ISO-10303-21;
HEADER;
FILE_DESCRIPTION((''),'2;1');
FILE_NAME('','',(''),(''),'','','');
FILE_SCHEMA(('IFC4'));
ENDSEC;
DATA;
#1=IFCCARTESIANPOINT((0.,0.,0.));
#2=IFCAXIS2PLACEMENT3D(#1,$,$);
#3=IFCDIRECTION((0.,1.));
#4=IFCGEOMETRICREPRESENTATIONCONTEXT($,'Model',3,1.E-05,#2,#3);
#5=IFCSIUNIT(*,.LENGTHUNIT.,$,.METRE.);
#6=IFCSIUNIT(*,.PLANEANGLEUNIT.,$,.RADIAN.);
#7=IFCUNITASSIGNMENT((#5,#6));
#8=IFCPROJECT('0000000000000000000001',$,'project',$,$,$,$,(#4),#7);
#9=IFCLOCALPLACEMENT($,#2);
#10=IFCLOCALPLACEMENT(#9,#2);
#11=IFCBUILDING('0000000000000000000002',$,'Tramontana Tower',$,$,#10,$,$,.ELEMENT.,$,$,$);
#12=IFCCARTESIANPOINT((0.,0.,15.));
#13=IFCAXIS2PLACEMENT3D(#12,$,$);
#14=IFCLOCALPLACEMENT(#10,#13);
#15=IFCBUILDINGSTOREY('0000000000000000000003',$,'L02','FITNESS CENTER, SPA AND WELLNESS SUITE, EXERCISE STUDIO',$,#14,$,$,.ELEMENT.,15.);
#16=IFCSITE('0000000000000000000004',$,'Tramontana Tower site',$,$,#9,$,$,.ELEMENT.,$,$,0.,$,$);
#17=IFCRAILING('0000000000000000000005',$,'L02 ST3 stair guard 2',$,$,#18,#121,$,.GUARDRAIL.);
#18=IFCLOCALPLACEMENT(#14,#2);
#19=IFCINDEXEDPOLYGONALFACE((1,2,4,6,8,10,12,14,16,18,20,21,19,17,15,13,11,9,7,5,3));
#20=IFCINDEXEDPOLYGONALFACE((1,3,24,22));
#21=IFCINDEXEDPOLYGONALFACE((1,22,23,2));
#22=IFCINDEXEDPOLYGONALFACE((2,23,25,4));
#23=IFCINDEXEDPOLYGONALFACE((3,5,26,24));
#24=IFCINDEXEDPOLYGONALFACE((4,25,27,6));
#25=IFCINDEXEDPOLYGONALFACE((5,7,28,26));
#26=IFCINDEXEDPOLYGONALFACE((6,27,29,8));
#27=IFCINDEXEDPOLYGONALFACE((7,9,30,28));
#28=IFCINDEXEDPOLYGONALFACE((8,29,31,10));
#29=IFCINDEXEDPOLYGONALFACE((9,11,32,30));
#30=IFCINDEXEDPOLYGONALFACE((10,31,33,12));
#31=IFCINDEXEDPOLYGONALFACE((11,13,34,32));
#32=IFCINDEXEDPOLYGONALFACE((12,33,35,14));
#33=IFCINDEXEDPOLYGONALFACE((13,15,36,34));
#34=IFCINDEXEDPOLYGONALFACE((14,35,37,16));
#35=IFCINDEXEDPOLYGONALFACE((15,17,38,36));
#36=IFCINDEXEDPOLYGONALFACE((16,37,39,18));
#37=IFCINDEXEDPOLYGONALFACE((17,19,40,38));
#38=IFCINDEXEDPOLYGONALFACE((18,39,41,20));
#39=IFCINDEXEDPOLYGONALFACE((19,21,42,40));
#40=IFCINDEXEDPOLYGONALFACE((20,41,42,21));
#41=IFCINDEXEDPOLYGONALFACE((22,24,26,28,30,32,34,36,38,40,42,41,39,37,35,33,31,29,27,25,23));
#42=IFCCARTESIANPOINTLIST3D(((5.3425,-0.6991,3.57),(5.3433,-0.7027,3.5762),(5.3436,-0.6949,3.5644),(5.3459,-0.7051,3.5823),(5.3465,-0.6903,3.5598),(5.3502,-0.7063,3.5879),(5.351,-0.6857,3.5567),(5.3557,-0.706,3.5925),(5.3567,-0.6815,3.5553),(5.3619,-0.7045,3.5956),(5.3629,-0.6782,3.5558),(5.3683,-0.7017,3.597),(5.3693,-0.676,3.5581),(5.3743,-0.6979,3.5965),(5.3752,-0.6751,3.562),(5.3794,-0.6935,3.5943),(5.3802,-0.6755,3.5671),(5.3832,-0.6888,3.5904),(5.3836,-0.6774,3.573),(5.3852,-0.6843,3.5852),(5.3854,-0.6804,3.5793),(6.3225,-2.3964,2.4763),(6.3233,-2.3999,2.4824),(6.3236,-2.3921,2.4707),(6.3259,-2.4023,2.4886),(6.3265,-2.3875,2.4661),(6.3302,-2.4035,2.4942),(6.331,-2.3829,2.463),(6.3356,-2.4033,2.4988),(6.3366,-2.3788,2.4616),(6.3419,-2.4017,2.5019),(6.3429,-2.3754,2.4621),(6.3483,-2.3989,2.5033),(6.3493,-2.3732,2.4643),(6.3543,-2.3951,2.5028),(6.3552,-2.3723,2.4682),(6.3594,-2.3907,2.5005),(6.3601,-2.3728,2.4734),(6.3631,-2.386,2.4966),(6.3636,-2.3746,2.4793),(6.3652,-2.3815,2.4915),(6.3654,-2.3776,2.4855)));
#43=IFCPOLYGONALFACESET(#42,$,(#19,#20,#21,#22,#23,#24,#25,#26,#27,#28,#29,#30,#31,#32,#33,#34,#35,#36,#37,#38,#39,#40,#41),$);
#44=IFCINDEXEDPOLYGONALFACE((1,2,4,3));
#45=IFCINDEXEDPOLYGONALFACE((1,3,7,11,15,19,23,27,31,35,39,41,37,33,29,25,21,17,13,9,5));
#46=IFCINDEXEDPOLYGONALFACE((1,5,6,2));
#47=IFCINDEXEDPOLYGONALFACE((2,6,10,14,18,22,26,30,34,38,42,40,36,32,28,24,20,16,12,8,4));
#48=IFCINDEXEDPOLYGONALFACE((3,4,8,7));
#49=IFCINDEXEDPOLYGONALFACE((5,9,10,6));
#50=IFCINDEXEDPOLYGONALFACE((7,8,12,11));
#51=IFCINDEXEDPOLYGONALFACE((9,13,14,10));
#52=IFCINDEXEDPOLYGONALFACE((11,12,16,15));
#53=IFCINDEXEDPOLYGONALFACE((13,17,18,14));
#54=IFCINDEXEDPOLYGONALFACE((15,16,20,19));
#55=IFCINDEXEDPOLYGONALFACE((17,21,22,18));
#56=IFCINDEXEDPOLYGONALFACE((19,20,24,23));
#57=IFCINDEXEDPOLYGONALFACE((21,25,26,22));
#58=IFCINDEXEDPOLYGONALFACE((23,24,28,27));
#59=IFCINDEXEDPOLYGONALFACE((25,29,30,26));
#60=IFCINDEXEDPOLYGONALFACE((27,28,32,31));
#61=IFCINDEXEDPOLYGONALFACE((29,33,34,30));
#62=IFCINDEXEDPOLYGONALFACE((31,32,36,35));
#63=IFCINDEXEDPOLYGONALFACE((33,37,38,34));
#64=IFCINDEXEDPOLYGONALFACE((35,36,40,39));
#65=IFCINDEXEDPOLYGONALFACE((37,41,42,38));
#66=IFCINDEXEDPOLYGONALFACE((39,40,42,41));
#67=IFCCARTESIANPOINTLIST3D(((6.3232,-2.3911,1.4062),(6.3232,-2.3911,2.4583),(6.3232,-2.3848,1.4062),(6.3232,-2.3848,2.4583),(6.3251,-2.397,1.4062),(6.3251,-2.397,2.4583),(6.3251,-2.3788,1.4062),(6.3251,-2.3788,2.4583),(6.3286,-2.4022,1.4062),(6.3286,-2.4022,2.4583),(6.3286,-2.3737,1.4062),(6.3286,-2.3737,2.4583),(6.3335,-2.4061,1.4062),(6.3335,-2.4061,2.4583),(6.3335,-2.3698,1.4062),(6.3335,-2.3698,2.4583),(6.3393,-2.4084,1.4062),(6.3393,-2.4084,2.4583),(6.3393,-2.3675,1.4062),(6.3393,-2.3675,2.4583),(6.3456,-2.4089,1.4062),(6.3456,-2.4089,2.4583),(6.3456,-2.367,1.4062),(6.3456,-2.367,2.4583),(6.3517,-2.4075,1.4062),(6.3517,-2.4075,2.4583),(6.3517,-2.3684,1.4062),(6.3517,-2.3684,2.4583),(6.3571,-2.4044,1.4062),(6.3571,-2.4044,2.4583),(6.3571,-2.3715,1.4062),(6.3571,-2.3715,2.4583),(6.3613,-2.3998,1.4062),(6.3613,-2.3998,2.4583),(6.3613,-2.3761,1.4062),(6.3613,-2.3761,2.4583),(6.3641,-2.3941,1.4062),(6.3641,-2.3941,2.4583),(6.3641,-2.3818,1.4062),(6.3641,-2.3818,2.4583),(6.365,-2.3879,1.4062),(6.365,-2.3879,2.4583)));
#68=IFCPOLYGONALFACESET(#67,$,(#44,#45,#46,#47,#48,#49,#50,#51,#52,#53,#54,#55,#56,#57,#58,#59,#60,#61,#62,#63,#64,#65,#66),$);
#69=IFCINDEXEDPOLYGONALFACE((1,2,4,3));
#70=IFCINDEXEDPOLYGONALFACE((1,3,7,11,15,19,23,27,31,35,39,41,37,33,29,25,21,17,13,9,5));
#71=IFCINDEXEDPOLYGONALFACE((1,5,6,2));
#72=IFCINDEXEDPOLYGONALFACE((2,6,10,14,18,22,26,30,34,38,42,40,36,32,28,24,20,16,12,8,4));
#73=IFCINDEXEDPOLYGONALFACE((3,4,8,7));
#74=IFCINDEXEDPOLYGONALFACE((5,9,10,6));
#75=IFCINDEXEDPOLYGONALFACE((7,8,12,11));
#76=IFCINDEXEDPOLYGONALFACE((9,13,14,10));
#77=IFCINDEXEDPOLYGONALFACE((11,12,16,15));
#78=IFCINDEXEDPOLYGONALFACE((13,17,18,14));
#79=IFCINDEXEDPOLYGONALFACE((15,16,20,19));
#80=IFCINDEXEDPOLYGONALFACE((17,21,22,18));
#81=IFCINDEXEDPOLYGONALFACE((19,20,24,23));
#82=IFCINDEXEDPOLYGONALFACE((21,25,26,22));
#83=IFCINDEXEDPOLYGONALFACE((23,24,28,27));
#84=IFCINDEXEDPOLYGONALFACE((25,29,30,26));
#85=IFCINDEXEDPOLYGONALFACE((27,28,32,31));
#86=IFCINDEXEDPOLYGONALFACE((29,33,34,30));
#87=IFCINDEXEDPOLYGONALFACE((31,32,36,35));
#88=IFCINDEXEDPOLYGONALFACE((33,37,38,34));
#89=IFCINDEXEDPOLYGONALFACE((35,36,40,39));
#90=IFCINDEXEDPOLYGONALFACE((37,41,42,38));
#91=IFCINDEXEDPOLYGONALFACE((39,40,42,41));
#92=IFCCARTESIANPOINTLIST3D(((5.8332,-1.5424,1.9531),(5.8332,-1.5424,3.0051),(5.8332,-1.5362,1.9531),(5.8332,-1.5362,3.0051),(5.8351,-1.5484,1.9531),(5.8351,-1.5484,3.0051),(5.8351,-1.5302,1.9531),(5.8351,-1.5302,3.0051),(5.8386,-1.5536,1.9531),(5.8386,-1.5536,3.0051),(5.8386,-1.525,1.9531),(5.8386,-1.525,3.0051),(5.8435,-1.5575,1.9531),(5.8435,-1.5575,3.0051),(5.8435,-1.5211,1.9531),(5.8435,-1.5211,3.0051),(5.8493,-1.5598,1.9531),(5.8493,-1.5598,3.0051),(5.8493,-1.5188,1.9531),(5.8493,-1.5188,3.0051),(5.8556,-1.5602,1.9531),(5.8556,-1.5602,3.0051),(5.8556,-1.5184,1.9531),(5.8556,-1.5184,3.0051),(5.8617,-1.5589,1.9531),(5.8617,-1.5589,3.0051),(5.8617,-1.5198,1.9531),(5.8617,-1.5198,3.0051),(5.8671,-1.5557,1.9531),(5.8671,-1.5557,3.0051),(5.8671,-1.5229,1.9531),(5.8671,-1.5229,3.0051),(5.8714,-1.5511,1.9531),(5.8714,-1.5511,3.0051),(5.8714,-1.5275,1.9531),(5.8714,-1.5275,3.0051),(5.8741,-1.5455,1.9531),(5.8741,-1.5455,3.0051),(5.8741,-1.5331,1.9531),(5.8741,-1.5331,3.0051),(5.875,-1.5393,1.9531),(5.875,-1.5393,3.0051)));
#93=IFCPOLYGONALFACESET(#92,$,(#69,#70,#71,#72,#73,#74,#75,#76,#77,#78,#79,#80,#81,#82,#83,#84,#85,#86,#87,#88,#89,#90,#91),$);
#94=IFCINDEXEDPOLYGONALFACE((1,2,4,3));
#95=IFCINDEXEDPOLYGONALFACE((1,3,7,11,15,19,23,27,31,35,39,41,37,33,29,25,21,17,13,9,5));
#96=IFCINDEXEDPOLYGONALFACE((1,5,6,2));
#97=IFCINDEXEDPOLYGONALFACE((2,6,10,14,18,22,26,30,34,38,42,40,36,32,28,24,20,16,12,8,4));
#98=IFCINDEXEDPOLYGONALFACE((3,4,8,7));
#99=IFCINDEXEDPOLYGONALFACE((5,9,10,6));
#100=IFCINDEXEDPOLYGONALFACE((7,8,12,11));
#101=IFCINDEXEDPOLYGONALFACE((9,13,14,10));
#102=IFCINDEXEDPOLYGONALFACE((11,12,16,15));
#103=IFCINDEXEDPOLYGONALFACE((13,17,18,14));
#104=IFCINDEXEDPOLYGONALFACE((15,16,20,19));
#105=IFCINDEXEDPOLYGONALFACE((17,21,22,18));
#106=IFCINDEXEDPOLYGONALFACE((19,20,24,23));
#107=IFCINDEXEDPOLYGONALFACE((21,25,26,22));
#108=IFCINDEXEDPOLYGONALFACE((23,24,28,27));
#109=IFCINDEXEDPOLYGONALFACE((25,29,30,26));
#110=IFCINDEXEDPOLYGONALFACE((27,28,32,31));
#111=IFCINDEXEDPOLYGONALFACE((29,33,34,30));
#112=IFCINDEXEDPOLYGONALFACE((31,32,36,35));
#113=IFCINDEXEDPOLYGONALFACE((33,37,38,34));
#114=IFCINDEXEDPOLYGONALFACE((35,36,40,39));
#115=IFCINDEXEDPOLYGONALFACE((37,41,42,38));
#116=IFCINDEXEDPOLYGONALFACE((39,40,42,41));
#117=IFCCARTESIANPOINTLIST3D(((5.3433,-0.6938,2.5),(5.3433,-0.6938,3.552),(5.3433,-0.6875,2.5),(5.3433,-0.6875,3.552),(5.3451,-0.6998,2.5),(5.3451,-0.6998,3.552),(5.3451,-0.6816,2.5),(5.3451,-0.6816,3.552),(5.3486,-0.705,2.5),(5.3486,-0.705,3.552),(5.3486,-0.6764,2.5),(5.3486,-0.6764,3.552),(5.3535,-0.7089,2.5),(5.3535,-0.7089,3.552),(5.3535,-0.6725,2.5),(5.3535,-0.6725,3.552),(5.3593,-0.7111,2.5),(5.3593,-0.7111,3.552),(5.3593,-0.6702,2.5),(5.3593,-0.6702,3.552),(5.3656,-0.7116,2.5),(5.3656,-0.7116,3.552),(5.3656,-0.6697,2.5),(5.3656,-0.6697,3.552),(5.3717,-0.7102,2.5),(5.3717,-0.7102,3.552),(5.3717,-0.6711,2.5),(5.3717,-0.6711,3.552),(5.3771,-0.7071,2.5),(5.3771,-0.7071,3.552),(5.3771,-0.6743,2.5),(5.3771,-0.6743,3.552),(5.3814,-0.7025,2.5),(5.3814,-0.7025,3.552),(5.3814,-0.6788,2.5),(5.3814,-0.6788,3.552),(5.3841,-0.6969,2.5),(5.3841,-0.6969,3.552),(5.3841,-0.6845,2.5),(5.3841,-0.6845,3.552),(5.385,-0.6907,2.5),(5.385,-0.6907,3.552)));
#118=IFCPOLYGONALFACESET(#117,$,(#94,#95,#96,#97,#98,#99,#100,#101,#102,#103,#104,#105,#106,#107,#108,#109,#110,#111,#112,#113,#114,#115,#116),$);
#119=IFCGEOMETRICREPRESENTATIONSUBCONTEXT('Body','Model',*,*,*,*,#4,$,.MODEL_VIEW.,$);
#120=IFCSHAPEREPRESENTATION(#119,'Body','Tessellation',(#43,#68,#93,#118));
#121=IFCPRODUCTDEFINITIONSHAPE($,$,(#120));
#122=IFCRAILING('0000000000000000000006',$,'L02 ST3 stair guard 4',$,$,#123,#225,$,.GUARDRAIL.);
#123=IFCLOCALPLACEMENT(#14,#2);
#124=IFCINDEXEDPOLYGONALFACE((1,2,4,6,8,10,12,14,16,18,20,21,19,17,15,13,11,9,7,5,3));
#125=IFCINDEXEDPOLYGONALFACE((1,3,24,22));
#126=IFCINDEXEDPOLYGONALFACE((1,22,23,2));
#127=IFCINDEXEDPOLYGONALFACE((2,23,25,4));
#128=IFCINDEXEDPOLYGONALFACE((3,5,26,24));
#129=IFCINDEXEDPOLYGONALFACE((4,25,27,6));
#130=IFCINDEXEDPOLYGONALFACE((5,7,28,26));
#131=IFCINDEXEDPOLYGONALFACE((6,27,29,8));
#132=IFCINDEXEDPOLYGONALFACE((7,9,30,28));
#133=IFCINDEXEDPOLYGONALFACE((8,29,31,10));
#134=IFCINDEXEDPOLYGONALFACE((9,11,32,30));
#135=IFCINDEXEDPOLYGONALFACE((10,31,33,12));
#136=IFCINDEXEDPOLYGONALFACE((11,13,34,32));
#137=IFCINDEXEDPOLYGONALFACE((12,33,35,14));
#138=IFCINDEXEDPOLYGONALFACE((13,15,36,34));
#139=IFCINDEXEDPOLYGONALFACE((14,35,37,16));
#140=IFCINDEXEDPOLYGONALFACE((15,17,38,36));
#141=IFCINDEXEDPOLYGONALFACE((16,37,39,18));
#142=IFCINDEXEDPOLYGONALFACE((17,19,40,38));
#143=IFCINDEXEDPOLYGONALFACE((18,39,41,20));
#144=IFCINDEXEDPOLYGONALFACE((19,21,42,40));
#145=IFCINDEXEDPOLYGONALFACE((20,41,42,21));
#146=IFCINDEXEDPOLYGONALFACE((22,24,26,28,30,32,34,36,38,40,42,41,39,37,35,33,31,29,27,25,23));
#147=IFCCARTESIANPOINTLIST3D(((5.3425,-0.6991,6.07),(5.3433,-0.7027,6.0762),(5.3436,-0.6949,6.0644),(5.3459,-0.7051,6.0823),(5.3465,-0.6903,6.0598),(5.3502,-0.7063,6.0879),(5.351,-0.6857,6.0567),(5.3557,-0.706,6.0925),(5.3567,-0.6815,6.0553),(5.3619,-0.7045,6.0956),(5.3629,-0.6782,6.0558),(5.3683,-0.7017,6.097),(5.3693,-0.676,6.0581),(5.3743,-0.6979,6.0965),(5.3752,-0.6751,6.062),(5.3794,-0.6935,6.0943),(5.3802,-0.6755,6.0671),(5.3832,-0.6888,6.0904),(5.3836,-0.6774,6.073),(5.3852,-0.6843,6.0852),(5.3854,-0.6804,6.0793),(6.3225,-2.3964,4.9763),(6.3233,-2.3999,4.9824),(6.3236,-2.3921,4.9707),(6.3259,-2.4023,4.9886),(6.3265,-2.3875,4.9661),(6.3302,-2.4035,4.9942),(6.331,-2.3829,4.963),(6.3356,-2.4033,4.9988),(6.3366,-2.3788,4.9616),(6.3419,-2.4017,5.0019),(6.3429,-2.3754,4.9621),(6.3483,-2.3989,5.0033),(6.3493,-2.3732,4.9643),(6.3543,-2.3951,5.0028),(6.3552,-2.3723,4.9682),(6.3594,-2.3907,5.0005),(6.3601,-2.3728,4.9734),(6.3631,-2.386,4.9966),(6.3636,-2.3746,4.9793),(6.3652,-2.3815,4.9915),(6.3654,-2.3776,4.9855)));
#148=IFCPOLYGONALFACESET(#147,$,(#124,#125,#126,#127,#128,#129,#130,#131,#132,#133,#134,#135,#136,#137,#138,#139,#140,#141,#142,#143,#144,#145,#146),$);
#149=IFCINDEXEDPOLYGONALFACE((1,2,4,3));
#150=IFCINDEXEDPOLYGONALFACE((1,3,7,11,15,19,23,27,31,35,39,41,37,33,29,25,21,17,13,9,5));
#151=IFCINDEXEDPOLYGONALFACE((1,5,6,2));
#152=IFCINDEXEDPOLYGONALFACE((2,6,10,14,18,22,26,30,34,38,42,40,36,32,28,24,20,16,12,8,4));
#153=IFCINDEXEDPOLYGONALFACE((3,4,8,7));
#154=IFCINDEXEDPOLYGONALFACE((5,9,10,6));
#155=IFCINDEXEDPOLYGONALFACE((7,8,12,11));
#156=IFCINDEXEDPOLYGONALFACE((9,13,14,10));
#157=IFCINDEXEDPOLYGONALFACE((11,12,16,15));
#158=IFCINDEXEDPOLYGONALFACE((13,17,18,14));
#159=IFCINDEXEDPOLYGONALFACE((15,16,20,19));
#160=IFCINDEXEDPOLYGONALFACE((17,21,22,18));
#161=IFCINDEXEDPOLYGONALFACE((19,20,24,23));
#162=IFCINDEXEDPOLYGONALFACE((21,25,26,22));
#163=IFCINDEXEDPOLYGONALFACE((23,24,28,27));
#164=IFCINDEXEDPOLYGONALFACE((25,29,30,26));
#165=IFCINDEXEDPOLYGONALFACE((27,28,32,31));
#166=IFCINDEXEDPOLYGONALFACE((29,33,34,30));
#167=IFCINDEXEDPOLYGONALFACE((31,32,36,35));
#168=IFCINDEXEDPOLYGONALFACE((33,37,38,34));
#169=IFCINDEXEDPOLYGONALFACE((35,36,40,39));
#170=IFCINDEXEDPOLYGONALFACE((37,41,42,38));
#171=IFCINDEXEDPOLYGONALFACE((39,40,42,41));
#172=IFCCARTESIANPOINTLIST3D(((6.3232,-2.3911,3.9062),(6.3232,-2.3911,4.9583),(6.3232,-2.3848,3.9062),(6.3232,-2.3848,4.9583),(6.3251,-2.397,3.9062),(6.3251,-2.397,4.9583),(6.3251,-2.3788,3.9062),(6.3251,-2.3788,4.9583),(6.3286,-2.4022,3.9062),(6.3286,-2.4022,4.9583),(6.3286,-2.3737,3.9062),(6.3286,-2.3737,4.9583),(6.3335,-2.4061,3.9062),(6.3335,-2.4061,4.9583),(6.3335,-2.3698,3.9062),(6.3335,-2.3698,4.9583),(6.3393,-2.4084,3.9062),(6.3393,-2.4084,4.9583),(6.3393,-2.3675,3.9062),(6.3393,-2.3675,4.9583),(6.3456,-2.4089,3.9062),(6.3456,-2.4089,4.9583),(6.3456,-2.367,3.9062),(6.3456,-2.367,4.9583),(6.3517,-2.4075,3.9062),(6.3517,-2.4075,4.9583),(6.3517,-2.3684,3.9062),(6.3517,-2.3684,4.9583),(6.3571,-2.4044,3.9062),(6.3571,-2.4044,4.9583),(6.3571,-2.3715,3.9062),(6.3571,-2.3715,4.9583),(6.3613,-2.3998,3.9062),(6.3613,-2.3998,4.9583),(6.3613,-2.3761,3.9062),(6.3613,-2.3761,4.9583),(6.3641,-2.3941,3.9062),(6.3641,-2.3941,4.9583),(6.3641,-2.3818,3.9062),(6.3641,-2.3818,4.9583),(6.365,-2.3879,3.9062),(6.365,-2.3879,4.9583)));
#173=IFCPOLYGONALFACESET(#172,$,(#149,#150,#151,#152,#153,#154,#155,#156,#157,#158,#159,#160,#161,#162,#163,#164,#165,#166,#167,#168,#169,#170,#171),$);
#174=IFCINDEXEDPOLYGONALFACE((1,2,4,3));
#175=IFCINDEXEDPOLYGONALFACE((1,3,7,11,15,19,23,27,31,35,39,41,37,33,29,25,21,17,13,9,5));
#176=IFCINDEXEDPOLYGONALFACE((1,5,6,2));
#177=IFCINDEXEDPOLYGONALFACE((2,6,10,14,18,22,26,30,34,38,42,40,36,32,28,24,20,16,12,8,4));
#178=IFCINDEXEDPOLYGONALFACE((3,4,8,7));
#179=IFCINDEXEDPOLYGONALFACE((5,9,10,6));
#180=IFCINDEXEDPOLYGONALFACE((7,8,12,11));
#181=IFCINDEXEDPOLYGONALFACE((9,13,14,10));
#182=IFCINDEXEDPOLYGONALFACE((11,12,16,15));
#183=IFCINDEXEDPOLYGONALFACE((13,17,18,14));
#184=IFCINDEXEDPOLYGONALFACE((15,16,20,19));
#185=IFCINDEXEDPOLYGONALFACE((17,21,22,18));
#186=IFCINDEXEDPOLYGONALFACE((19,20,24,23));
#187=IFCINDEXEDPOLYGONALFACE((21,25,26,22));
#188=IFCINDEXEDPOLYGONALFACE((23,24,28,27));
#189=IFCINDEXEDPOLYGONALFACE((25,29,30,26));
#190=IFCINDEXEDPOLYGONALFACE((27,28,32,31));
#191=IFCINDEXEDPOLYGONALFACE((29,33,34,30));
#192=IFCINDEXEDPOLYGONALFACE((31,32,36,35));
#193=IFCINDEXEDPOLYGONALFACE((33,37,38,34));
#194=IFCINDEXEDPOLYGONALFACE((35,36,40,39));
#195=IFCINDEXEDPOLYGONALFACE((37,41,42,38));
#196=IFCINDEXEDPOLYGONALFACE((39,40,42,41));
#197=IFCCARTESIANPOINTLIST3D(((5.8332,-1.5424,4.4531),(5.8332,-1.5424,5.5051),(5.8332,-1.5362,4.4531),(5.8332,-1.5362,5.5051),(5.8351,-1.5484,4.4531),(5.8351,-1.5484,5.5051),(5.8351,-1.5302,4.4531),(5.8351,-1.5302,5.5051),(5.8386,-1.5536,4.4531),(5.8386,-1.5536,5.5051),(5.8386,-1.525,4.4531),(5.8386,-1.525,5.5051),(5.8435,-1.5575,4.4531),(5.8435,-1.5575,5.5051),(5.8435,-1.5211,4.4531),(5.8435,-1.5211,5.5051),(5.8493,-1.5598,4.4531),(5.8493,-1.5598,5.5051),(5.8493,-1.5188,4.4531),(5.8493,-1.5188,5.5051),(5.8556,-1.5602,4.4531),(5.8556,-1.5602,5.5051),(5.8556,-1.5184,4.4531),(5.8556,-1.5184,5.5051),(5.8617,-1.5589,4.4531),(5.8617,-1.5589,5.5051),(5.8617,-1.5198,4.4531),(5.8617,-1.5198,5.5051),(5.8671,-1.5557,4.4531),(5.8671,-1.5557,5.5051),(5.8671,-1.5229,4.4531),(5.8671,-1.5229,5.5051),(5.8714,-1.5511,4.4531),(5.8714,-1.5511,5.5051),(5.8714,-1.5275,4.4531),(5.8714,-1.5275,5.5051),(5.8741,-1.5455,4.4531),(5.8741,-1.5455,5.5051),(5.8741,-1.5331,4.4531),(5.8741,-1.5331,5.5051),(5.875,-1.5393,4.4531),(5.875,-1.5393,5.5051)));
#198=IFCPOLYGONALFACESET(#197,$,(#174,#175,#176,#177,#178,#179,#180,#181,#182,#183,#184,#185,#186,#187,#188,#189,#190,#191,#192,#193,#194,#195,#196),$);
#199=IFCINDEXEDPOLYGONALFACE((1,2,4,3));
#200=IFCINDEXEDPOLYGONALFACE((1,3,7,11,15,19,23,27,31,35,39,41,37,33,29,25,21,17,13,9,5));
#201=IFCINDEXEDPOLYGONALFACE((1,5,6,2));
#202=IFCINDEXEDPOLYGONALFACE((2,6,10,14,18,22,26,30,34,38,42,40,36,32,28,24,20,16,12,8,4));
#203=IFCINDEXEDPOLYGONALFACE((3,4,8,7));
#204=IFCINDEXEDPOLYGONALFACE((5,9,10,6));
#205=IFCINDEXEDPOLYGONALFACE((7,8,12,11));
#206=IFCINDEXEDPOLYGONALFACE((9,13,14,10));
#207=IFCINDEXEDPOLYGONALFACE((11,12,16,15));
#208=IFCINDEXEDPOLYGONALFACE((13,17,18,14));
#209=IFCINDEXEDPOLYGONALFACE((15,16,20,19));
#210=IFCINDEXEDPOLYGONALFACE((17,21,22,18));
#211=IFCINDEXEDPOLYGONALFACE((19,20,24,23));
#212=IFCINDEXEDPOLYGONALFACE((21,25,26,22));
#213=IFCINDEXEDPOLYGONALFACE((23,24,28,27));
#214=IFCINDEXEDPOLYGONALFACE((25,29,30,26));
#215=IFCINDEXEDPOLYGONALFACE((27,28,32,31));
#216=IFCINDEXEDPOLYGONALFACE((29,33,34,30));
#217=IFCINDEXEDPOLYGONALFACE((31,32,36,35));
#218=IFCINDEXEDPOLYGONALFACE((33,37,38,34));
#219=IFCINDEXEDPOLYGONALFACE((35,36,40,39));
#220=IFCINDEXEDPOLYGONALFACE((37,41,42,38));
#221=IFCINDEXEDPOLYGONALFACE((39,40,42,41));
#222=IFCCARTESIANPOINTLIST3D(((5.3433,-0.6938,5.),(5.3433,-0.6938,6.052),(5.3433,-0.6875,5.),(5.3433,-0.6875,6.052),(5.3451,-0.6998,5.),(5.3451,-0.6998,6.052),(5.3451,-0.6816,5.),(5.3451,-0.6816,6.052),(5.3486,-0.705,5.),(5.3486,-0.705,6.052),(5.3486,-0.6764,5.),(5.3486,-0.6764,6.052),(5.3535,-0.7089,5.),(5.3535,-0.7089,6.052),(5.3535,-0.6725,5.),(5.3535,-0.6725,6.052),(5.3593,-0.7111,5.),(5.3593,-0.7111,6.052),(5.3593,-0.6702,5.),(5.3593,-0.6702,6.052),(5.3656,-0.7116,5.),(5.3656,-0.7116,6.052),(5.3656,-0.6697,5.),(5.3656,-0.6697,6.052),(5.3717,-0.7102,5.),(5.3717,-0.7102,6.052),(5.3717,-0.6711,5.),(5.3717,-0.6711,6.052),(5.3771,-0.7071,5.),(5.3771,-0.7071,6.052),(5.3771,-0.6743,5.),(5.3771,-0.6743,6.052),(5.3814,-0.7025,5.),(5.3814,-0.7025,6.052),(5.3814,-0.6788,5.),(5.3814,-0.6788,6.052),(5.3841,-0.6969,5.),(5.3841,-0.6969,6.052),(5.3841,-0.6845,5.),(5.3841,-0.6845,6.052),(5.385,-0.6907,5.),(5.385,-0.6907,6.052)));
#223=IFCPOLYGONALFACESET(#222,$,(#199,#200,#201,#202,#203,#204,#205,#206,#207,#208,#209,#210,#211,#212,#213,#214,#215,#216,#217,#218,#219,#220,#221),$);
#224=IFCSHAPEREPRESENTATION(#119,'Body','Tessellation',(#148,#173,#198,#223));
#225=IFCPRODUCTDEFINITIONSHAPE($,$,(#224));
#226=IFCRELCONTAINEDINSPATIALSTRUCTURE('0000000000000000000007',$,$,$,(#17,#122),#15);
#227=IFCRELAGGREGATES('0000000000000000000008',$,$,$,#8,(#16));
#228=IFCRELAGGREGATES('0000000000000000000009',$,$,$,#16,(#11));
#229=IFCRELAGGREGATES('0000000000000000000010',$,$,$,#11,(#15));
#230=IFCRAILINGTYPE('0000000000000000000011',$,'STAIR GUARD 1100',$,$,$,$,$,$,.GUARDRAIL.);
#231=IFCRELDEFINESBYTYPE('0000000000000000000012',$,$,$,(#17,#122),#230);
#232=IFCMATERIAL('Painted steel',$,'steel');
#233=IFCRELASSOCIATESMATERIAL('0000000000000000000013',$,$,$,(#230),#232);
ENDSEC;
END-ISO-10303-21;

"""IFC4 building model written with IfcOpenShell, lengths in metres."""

from ifc_helpers import new_model, si_unit, direction, frame, origin, origin_2d, place, context, subcontext, project, spatial, circle, extrude, material, type_object, element, save


model = new_model("IFC4")

# Units and contexts
model_context = context("Model", 3, precision=1e-05, world=origin(), true_north=direction((0.0, 1.0)))
body_context = subcontext(model_context, "Body", "Model", "MODEL_VIEW")
ifc_project = project(units=[si_unit("LENGTHUNIT", "METRE"), si_unit("PLANEANGLEUNIT", "RADIAN")], contexts=[model_context])

# Site, building, storey
site_placement = place(None, origin())
site = spatial("IfcSite", under=ifc_project, at=site_placement, Name="Tramontana Tower site", CompositionType="ELEMENT", RefElevation=0.0)
building_placement = place(site_placement, origin())
building = spatial("IfcBuilding", under=site, at=building_placement, Name="Tramontana Tower", CompositionType="ELEMENT")
storey_placement = place(building_placement, frame((0.0, 0.0, 15.0)))
storey = spatial("IfcBuildingStorey", under=building, at=storey_placement, Name="L02", Description="FITNESS CENTER, SPA AND WELLNESS SUITE, EXERCISE STUDIO", CompositionType="ELEMENT", Elevation=15.0)

# Railings
ifc_material_1 = material(Name="Painted steel", Category="steel")
railing_type_1 = type_object("IfcRailingType", Name="STAIR GUARD 1100", PredefinedType="GUARDRAIL", material=ifc_material_1)
for number, where, name in (
    (1, (6.344, -2.3879, 1.4062), "L02 ST3 stair guard 2"),
    (2, (6.344, -2.3879, 3.9062), "L02 ST3 stair guard 4"),
):
    element("IfcRailing", number, at=place(storey_placement, frame(where)), inside=storey, type_object=railing_type_1, Name=name, PredefinedType="GUARDRAIL", context=body_context, shape_type="SweptSolid", body=[
        extrude(circle(Radius=0.0239, at=origin_2d()), frame((0.0, 0.0, 1.0762), z_axis=(-0.436632, 0.75622, 0.487323), x_axis=(-0.866011, -0.500024, 0.0)), (0.0, 0.0, 1.0), 2.2444),
        extrude(circle(Radius=0.021, at=origin_2d()), origin(), (0.0, 0.0, 1.0), 1.052),
        extrude(circle(Radius=0.021, at=origin_2d()), frame((-0.49, 0.8486, 0.5469)), (0.0, 0.0, 1.0), 1.052),
        extrude(circle(Radius=0.021, at=origin_2d()), frame((-0.98, 1.6973, 1.0938)), (0.0, 0.0, 1.0), 1.052),
    ])

save(model, "model.ifc")
